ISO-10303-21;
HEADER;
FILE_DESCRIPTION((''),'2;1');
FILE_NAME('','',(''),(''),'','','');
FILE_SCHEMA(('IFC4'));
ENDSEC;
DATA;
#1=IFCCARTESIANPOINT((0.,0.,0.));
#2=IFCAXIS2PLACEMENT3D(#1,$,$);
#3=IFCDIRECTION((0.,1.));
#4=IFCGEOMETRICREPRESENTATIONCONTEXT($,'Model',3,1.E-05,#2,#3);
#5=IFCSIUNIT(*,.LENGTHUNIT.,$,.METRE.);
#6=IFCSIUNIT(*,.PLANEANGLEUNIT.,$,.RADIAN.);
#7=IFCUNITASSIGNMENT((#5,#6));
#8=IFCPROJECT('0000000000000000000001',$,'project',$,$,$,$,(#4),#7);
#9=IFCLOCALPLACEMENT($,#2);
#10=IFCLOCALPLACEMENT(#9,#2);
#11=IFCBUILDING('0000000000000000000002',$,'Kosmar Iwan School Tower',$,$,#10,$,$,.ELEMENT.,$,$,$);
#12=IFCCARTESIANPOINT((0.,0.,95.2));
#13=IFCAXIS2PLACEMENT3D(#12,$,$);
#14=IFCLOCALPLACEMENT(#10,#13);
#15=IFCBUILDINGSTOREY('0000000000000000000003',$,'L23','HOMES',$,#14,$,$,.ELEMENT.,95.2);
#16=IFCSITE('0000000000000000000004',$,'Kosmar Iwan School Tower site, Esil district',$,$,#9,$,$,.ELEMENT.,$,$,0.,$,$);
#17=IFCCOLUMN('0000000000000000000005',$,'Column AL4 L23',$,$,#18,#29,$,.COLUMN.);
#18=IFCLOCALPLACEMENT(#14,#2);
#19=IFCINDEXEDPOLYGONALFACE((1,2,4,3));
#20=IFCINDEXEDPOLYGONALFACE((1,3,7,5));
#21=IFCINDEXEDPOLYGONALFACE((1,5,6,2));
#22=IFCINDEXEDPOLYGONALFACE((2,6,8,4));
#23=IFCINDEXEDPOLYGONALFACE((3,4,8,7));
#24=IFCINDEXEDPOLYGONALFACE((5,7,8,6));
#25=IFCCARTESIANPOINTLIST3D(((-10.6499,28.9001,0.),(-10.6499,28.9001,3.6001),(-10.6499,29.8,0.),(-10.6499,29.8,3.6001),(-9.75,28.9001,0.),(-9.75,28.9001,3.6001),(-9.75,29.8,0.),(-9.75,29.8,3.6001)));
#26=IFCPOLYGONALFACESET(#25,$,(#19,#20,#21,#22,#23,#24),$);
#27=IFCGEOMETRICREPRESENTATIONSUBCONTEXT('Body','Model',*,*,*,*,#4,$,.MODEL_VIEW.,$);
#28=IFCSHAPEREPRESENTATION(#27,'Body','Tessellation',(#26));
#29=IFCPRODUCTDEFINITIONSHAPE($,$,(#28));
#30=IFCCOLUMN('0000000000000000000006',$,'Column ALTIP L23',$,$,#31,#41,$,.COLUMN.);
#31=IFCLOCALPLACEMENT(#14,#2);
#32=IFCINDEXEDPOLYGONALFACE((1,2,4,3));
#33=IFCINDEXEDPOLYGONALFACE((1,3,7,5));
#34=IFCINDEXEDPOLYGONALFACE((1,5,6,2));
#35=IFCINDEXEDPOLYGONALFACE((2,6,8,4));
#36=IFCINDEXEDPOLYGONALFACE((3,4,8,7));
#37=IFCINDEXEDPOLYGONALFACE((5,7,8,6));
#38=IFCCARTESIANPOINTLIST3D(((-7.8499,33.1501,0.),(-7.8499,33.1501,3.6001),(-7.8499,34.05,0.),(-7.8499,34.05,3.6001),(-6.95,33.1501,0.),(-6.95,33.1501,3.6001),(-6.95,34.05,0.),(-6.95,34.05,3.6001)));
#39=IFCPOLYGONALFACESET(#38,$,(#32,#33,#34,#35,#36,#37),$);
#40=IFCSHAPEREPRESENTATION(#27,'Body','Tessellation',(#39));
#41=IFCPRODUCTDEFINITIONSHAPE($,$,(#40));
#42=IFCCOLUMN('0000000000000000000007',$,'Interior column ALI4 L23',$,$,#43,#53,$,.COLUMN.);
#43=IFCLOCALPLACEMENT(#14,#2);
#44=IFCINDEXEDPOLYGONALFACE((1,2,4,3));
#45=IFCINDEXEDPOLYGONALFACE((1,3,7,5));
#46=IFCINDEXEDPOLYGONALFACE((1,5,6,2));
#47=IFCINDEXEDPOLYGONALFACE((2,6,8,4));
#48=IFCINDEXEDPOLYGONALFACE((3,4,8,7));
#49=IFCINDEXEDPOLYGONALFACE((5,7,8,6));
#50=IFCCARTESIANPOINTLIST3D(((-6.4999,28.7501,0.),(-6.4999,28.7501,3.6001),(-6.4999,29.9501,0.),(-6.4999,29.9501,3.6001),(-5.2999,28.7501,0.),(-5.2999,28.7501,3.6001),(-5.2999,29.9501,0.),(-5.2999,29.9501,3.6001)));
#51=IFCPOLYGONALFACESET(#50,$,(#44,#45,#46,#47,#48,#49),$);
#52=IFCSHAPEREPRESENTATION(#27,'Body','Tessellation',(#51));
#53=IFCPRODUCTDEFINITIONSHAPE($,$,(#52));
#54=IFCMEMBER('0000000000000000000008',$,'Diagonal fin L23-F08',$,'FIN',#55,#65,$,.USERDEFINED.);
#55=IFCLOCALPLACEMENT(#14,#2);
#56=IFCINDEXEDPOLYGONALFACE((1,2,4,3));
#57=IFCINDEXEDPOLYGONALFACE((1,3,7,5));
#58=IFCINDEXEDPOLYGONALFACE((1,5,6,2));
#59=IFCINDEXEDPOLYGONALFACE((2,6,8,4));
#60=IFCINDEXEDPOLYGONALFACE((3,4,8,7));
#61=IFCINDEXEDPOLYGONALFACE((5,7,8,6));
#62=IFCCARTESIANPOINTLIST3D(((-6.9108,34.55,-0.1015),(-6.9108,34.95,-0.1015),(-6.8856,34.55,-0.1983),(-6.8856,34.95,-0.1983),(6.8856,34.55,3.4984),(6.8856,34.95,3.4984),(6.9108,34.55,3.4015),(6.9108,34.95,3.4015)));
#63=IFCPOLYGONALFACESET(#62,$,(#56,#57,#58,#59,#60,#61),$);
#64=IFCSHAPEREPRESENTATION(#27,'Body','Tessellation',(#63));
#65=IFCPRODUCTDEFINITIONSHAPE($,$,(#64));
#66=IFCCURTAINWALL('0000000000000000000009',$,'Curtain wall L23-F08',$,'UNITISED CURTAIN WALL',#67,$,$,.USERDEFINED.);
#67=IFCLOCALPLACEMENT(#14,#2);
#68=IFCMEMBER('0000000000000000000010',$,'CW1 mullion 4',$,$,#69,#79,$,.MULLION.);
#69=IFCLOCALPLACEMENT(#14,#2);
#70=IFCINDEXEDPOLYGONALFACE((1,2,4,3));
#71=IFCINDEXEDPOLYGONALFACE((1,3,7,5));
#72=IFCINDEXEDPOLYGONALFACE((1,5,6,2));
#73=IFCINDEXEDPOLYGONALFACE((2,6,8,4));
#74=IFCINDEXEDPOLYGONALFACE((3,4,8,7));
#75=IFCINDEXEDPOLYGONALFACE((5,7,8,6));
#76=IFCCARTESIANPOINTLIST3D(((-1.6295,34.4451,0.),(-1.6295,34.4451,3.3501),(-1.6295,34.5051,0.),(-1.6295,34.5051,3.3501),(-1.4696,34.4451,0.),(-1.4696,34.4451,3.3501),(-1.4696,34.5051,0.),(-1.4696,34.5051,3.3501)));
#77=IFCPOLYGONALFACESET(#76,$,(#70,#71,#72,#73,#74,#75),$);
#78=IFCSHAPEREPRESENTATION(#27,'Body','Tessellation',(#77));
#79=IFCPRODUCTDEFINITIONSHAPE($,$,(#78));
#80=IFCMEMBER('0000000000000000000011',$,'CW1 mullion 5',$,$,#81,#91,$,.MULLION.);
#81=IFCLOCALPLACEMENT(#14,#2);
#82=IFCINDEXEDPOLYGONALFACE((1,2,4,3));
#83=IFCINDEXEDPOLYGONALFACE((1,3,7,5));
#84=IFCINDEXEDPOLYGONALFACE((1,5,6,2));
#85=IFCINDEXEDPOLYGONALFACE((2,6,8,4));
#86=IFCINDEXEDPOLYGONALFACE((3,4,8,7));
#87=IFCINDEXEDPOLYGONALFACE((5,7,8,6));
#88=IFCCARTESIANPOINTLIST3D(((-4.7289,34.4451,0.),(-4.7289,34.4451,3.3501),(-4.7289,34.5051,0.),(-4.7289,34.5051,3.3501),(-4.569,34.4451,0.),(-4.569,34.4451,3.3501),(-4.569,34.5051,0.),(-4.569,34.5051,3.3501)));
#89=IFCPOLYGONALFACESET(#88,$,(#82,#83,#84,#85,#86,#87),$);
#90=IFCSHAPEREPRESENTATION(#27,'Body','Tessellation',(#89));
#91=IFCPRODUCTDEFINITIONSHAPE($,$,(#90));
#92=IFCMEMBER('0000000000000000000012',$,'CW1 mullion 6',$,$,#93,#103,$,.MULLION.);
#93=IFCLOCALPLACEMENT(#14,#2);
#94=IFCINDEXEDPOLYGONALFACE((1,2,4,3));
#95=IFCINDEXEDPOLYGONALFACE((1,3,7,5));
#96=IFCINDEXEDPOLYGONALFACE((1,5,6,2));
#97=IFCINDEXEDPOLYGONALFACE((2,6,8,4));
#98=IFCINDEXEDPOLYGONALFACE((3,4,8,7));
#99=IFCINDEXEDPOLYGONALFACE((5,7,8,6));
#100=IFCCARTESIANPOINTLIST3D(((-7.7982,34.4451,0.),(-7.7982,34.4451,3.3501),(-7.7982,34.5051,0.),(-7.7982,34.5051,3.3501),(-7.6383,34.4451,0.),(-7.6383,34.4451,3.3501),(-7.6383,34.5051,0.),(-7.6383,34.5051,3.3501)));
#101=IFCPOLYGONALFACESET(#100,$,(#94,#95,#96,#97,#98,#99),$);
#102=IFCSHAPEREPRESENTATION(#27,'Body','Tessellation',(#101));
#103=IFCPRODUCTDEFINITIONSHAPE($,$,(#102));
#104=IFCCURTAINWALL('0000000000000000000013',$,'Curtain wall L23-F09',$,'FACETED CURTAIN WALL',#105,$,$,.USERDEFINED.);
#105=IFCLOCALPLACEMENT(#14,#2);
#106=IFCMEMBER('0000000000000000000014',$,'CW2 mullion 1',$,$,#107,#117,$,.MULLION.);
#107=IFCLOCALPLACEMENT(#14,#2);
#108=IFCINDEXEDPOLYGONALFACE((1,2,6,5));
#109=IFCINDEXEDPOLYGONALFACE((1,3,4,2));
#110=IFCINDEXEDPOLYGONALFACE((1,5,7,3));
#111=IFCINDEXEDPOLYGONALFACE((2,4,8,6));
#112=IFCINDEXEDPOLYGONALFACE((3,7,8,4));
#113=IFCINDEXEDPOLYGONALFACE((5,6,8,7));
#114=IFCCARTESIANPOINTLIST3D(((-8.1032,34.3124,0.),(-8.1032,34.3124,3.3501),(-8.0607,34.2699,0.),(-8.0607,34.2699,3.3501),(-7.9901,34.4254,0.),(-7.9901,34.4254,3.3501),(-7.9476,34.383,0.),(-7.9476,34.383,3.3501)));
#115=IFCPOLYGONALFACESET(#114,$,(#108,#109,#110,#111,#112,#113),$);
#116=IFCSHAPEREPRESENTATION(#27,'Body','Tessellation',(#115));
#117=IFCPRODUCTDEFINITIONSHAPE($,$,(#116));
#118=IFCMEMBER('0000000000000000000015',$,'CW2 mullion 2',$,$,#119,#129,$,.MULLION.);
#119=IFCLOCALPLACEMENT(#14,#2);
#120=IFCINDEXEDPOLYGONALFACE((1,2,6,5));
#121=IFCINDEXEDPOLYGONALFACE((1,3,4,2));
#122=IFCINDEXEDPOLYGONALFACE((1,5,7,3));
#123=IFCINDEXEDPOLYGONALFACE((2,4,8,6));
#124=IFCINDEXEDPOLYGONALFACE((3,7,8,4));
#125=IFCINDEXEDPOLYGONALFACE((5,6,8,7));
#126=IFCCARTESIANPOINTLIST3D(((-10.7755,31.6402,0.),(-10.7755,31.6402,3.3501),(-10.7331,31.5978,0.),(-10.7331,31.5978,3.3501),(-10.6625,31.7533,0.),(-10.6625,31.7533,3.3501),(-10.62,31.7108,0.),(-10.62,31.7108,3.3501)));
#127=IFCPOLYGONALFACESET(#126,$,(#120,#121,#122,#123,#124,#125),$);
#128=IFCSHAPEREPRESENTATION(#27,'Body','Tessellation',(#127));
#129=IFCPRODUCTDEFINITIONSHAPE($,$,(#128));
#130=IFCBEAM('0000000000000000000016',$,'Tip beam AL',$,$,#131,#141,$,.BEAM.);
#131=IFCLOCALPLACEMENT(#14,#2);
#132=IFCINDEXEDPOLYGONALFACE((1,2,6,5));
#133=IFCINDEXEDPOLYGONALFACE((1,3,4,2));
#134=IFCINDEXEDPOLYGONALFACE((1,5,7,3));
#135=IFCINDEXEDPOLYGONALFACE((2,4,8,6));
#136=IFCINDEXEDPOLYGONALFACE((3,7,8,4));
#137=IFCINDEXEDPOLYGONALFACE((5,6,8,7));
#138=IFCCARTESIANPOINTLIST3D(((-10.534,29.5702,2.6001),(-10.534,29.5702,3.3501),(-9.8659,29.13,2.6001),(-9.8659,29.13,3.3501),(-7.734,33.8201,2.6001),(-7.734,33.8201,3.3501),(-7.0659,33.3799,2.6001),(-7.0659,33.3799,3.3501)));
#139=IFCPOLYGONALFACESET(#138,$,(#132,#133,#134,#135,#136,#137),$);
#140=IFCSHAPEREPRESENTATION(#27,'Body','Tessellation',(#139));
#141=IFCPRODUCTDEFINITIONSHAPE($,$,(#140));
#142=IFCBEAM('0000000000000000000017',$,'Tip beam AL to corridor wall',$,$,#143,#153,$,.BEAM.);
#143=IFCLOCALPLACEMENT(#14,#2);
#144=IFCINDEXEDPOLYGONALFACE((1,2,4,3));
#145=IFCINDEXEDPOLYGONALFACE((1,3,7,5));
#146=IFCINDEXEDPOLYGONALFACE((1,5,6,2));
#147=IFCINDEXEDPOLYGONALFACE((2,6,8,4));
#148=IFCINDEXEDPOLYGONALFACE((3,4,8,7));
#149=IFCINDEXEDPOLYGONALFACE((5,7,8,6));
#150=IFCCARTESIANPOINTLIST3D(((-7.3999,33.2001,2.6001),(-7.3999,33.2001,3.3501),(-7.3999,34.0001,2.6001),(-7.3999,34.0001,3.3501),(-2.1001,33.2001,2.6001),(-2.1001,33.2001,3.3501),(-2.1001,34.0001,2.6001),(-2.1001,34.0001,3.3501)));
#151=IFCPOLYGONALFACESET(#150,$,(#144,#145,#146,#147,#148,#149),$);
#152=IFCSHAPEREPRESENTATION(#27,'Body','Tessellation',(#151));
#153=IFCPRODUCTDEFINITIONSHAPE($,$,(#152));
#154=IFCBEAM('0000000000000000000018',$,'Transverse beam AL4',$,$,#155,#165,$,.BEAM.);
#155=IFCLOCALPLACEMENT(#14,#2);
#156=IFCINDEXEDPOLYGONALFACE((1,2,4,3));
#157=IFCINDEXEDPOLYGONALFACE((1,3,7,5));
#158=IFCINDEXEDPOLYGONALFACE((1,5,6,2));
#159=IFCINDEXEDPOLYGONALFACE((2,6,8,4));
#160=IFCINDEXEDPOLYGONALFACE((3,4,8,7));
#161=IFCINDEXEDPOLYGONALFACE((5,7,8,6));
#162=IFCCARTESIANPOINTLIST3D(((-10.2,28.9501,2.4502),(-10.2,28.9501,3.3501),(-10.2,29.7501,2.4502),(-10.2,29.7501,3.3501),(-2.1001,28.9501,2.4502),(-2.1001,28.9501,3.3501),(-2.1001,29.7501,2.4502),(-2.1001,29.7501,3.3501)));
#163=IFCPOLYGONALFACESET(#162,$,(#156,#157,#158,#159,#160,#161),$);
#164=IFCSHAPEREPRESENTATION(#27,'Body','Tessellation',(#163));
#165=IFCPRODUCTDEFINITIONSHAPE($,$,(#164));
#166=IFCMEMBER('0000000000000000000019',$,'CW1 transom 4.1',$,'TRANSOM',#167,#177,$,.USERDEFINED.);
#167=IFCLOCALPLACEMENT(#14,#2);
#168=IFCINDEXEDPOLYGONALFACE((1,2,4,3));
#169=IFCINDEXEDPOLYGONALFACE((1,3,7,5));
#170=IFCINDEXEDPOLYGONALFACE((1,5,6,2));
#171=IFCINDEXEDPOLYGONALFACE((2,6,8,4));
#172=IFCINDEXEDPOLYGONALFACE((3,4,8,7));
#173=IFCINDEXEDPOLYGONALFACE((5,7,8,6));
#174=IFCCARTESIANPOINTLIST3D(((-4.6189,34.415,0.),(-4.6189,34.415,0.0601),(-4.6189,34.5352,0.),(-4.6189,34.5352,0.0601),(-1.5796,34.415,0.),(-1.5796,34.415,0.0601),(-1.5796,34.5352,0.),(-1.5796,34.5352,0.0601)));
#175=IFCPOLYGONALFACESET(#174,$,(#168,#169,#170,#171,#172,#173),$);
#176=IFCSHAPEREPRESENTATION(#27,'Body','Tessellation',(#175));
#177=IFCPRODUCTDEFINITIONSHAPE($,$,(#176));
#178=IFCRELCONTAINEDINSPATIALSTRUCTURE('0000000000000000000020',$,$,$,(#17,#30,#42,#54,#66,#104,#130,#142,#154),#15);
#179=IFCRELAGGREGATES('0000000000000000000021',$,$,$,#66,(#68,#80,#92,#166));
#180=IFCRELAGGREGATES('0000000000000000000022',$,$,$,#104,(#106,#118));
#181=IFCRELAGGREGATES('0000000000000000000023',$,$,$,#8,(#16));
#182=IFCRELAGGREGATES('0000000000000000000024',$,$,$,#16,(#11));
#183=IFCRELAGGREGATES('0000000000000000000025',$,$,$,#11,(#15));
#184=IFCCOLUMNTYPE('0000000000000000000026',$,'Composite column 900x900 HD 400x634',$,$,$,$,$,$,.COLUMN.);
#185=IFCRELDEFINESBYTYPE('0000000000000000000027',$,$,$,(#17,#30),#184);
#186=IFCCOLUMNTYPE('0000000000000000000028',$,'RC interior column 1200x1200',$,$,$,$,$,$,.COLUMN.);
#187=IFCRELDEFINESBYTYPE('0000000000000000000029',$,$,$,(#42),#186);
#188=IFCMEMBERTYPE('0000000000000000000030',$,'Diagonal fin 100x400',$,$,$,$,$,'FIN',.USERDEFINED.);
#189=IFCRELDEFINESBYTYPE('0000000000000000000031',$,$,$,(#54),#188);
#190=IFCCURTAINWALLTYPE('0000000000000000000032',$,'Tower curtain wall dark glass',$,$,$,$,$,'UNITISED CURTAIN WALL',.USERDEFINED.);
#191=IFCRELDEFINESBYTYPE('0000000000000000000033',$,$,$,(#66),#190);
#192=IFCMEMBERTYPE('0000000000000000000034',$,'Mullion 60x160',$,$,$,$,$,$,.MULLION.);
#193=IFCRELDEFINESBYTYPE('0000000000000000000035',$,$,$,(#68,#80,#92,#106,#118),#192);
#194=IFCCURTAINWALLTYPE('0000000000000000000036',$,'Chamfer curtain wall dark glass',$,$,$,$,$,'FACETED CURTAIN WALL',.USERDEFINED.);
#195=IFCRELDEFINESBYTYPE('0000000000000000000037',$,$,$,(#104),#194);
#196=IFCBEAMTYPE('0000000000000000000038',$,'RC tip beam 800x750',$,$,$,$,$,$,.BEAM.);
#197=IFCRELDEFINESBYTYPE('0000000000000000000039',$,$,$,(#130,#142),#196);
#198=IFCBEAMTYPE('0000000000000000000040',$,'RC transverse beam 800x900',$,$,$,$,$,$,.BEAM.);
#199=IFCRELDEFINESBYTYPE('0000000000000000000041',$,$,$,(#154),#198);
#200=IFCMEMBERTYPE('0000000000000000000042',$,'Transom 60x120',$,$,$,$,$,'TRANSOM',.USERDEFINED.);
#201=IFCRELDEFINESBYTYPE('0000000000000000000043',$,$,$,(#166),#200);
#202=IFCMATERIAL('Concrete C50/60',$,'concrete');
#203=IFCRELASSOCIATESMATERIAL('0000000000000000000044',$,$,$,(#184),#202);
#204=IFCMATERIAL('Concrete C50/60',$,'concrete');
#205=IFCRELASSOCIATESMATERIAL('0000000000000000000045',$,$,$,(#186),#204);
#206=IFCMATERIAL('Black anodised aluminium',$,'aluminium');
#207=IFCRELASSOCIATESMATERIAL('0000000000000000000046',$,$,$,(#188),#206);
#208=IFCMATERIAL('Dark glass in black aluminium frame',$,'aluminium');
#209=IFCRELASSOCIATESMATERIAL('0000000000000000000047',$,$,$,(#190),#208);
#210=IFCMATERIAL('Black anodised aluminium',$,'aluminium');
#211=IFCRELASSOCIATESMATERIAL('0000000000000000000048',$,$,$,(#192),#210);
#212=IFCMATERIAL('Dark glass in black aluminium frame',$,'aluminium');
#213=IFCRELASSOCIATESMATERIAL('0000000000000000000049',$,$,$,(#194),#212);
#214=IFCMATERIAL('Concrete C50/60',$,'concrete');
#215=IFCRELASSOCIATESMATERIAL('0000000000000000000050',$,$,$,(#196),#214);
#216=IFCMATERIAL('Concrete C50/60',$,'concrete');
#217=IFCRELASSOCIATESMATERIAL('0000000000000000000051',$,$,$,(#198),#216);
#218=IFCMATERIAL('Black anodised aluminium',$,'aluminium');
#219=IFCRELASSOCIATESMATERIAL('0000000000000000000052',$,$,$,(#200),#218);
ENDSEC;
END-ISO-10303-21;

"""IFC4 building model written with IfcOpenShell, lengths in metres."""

from ifc_helpers import new_model, si_unit, direction, frame, origin, origin_2d, place, context, subcontext, project, spatial, rectangle, extrude, material, material_profile, profile_set, type_object, element, aggregate, save


model = new_model("IFC4")

# Units and contexts
model_context = context("Model", 3, precision=1e-05, world=origin(), true_north=direction((0.0, 1.0)))
body_context = subcontext(model_context, "Body", "Model", "MODEL_VIEW")
ifc_project = project(units=[si_unit("LENGTHUNIT", "METRE"), si_unit("PLANEANGLEUNIT", "RADIAN")], contexts=[model_context])

# Site, building, storey
site_placement = place(None, origin())
site = spatial("IfcSite", under=ifc_project, at=site_placement, Name="Kosmar Iwan School Tower site, Esil district", CompositionType="ELEMENT", RefElevation=0.0)
building_placement = place(site_placement, origin())
building = spatial("IfcBuilding", under=site, at=building_placement, Name="Kosmar Iwan School Tower", CompositionType="ELEMENT")
storey_placement = place(building_placement, frame((0.0, 0.0, 95.2)))
storey = spatial("IfcBuildingStorey", under=building, at=storey_placement, Name="L23", Description="HOMES", CompositionType="ELEMENT", Elevation=95.2)

# Columns
ifc_material_1 = material(Name="Concrete C50/60", Category="concrete")
ifc_material_profile_1 = material_profile(ifc_material_1, rectangle(XDim=0.8999, YDim=0.8999, at=origin_2d()), Name="RC 900x900 + HD 400x634")
ifc_profile_set_1 = profile_set([ifc_material_profile_1], Name="Concrete C50/60")
column_type_1 = type_object("IfcColumnType", Name="Composite column 900x900 HD 400x634", PredefinedType="COLUMN", material=ifc_profile_set_1)
for number, where, z_axis, x_axis, name in (
    (1, (-10.2, 29.3501, 0.0), (0.0, 0.0, 1.0), (0.0, 1.0, 0.0), "Column AL4 L23"),
    (2, (-7.3999, 33.6001, 0.0), (0.0, 0.0, 1.0), (0.0, 1.0, 0.0), "Column ALTIP L23"),
):
    element("IfcColumn", number, at=place(storey_placement, frame(where, z_axis=z_axis, x_axis=x_axis)), inside=storey, type_object=column_type_1, Name=name, PredefinedType="COLUMN", context=body_context, shape_type="SweptSolid", body=[
        extrude(rectangle(XDim=0.8999, YDim=0.8999, at=origin_2d()), origin(), (0.0, 0.0, 1.0), 3.6001),
    ])
ifc_material_2 = material(Name="Concrete C50/60", Category="concrete")
ifc_material_profile_2 = material_profile(ifc_material_2, rectangle(XDim=1.2, YDim=1.2, at=origin_2d()), Name="RC 1200x1200")
ifc_profile_set_2 = profile_set([ifc_material_profile_2], Name="Concrete C50/60")
column_type_2 = type_object("IfcColumnType", Name="RC interior column 1200x1200", PredefinedType="COLUMN", material=ifc_profile_set_2)
column_placement = place(storey_placement, frame((-5.8999, 29.3501, 0.0), z_axis=(0.0, 0.0, 1.0), x_axis=(0.0, 1.0, 0.0)))
element("IfcColumn", 3, at=column_placement, inside=storey, type_object=column_type_2, Name="Interior column ALI4 L23", PredefinedType="COLUMN", context=body_context, shape_type="SweptSolid", body=[
    extrude(rectangle(XDim=1.2, YDim=1.2, at=origin_2d()), origin(), (0.0, 0.0, 1.0), 3.6001),
])

# Member
ifc_material_3 = material(Name="Black anodised aluminium", Category="aluminium")
ifc_material_profile_3 = material_profile(ifc_material_3, rectangle(XDim=0.1001, YDim=0.3999, at=origin_2d()), Name="FIN 100x400")
ifc_profile_set_3 = profile_set([ifc_material_profile_3], Name="Black anodised aluminium")
member_type_1 = type_object("IfcMemberType", Name="Diagonal fin 100x400", ElementType="FIN", PredefinedType="USERDEFINED", material=ifc_profile_set_3)
member_1_placement = place(storey_placement, frame((-6.8982, 34.75, -0.1499), z_axis=(0.967604, 0.0, 0.252474), x_axis=(-0.252474, 0.0, 0.967604)))
element("IfcMember", 4, at=member_1_placement, inside=storey, type_object=member_type_1, Name="Diagonal fin L23-F08", ObjectType="FIN", PredefinedType="USERDEFINED", context=body_context, shape_type="SweptSolid", body=[
    extrude(rectangle(XDim=0.1001, YDim=0.3999, at=origin_2d()), origin(), (0.0, 0.0, 1.0), 14.2583),
])

# Curtain walls, members
ifc_material_4 = material(Name="Dark glass in black aluminium frame", Category="aluminium")
curtain_wall_type_1 = type_object("IfcCurtainWallType", Name="Tower curtain wall dark glass", ElementType="UNITISED CURTAIN WALL", PredefinedType="USERDEFINED", material=ifc_material_4)
curtain_wall_1_placement = place(storey_placement, origin())
curtain_wall_1 = element("IfcCurtainWall", 5, at=curtain_wall_1_placement, inside=storey, type_object=curtain_wall_type_1, Name="Curtain wall L23-F08", ObjectType="UNITISED CURTAIN WALL", PredefinedType="USERDEFINED")
ifc_material_5 = material(Name="Black anodised aluminium", Category="aluminium")
ifc_material_profile_4 = material_profile(ifc_material_5, rectangle(XDim=0.0601, YDim=0.1599, at=origin_2d()), Name="MULLION 60x160")
ifc_profile_set_4 = profile_set([ifc_material_profile_4], Name="Black anodised aluminium")
member_type_2 = type_object("IfcMemberType", Name="Mullion 60x160", PredefinedType="MULLION", material=ifc_profile_set_4)
member_2_placement = place(storey_placement, frame((-1.5496, 34.4751, 0.0), z_axis=(0.0, 0.0, 1.0), x_axis=(0.0, -1.0, 0.0)))
member_2 = element("IfcMember", 6, at=member_2_placement, type_object=member_type_2, Name="CW1 mullion 4", PredefinedType="MULLION", context=body_context, shape_type="SweptSolid", body=[
    extrude(rectangle(XDim=0.0601, YDim=0.1599, at=origin_2d()), origin(), (0.0, 0.0, 1.0), 3.3501),
])
member_3_placement = place(storey_placement, frame((-4.6489, 34.4751, 0.0), z_axis=(0.0, 0.0, 1.0), x_axis=(0.0, -1.0, 0.0)))
member_3 = element("IfcMember", 7, at=member_3_placement, type_object=member_type_2, Name="CW1 mullion 5", PredefinedType="MULLION", context=body_context, shape_type="SweptSolid", body=[
    extrude(rectangle(XDim=0.0601, YDim=0.1599, at=origin_2d()), origin(), (0.0, 0.0, 1.0), 3.3501),
])
member_4_placement = place(storey_placement, frame((-7.7183, 34.4751, 0.0), z_axis=(0.0, 0.0, 1.0), x_axis=(0.0, -1.0, 0.0)))
member_4 = element("IfcMember", 8, at=member_4_placement, type_object=member_type_2, Name="CW1 mullion 6", PredefinedType="MULLION", context=body_context, shape_type="SweptSolid", body=[
    extrude(rectangle(XDim=0.0601, YDim=0.1599, at=origin_2d()), origin(), (0.0, 0.0, 1.0), 3.3501),
])
ifc_material_6 = material(Name="Dark glass in black aluminium frame", Category="aluminium")
curtain_wall_type_2 = type_object("IfcCurtainWallType", Name="Chamfer curtain wall dark glass", ElementType="FACETED CURTAIN WALL", PredefinedType="USERDEFINED", material=ifc_material_6)
curtain_wall_2_placement = place(storey_placement, origin())
curtain_wall_2 = element("IfcCurtainWall", 9, at=curtain_wall_2_placement, inside=storey, type_object=curtain_wall_type_2, Name="Curtain wall L23-F09", ObjectType="FACETED CURTAIN WALL", PredefinedType="USERDEFINED")
member_5_placement = place(storey_placement, frame((-8.0254, 34.3477, 0.0), z_axis=(0.0, 0.0, 1.0), x_axis=(0.707107, -0.707107, 0.0)))
member_5 = element("IfcMember", 10, at=member_5_placement, type_object=member_type_2, Name="CW2 mullion 1", PredefinedType="MULLION", context=body_context, shape_type="SweptSolid", body=[
    extrude(rectangle(XDim=0.0601, YDim=0.1599, at=origin_2d()), origin(), (0.0, 0.0, 1.0), 3.3501),
])
member_6_placement = place(storey_placement, frame((-10.6978, 31.6755, 0.0), z_axis=(0.0, 0.0, 1.0), x_axis=(0.707107, -0.707107, 0.0)))
member_6 = element("IfcMember", 11, at=member_6_placement, type_object=member_type_2, Name="CW2 mullion 2", PredefinedType="MULLION", context=body_context, shape_type="SweptSolid", body=[
    extrude(rectangle(XDim=0.0601, YDim=0.1599, at=origin_2d()), origin(), (0.0, 0.0, 1.0), 3.3501),
])

# Beams
ifc_material_7 = material(Name="Concrete C50/60", Category="concrete")
ifc_material_profile_5 = material_profile(ifc_material_7, rectangle(XDim=0.8, YDim=0.75, at=origin_2d()), Name="RC 800x750")
ifc_profile_set_5 = profile_set([ifc_material_profile_5], Name="Concrete C50/60")
beam_type_1 = type_object("IfcBeamType", Name="RC tip beam 800x750", PredefinedType="BEAM", material=ifc_profile_set_5)
beam_1_placement = place(storey_placement, frame((-10.2, 29.3501, 2.9751), z_axis=(0.550164, 0.835056, 0.0), x_axis=(-0.835056, 0.550164, 0.0)))
element("IfcBeam", 12, at=beam_1_placement, inside=storey, type_object=beam_type_1, Name="Tip beam AL", PredefinedType="BEAM", context=body_context, shape_type="SweptSolid", body=[
    extrude(rectangle(XDim=0.8, YDim=0.75, at=origin_2d()), origin(), (0.0, 0.0, 1.0), 5.0894),
])
beam_2_placement = place(storey_placement, frame((-7.3999, 33.6001, 2.9751), z_axis=(1.0, 0.0, 0.0), x_axis=(0.0, 1.0, 0.0)))
element("IfcBeam", 13, at=beam_2_placement, inside=storey, type_object=beam_type_1, Name="Tip beam AL to corridor wall", PredefinedType="BEAM", context=body_context, shape_type="SweptSolid", body=[
    extrude(rectangle(XDim=0.8, YDim=0.75, at=origin_2d()), origin(), (0.0, 0.0, 1.0), 5.2998),
])
ifc_material_8 = material(Name="Concrete C50/60", Category="concrete")
ifc_material_profile_6 = material_profile(ifc_material_8, rectangle(XDim=0.8, YDim=0.8999, at=origin_2d()), Name="RC 800x900")
ifc_profile_set_6 = profile_set([ifc_material_profile_6], Name="Concrete C50/60")
beam_type_2 = type_object("IfcBeamType", Name="RC transverse beam 800x900", PredefinedType="BEAM", material=ifc_profile_set_6)
beam_3_placement = place(storey_placement, frame((-10.2, 29.3501, 2.9001), z_axis=(1.0, 0.0, 0.0), x_axis=(0.0, 1.0, 0.0)))
element("IfcBeam", 14, at=beam_3_placement, inside=storey, type_object=beam_type_2, Name="Transverse beam AL4", PredefinedType="BEAM", context=body_context, shape_type="SweptSolid", body=[
    extrude(rectangle(XDim=0.8, YDim=0.8999, at=origin_2d()), origin(), (0.0, 0.0, 1.0), 8.0999),
])

# Member
ifc_material_9 = material(Name="Black anodised aluminium", Category="aluminium")
ifc_material_profile_7 = material_profile(ifc_material_9, rectangle(XDim=0.1201, YDim=0.0601, at=origin_2d()), Name="TRANSOM 60x120")
ifc_profile_set_7 = profile_set([ifc_material_profile_7], Name="Black anodised aluminium")
member_type_3 = type_object("IfcMemberType", Name="Transom 60x120", ElementType="TRANSOM", PredefinedType="USERDEFINED", material=ifc_profile_set_7)
member_7_placement = place(storey_placement, frame((-1.5796, 34.4751, 0.03), z_axis=(-1.0, 0.0, 0.0), x_axis=(0.0, -1.0, 0.0)))
member_7 = element("IfcMember", 15, at=member_7_placement, type_object=member_type_3, Name="CW1 transom 4.1", ObjectType="TRANSOM", PredefinedType="USERDEFINED", context=body_context, shape_type="SweptSolid", body=[
    extrude(rectangle(XDim=0.1201, YDim=0.0601, at=origin_2d()), origin(), (0.0, 0.0, 1.0), 3.0393),
])

aggregate(curtain_wall_1, [member_2, member_3, member_4, member_7])
aggregate(curtain_wall_2, [member_5, member_6])

save(model, "model.ifc")
